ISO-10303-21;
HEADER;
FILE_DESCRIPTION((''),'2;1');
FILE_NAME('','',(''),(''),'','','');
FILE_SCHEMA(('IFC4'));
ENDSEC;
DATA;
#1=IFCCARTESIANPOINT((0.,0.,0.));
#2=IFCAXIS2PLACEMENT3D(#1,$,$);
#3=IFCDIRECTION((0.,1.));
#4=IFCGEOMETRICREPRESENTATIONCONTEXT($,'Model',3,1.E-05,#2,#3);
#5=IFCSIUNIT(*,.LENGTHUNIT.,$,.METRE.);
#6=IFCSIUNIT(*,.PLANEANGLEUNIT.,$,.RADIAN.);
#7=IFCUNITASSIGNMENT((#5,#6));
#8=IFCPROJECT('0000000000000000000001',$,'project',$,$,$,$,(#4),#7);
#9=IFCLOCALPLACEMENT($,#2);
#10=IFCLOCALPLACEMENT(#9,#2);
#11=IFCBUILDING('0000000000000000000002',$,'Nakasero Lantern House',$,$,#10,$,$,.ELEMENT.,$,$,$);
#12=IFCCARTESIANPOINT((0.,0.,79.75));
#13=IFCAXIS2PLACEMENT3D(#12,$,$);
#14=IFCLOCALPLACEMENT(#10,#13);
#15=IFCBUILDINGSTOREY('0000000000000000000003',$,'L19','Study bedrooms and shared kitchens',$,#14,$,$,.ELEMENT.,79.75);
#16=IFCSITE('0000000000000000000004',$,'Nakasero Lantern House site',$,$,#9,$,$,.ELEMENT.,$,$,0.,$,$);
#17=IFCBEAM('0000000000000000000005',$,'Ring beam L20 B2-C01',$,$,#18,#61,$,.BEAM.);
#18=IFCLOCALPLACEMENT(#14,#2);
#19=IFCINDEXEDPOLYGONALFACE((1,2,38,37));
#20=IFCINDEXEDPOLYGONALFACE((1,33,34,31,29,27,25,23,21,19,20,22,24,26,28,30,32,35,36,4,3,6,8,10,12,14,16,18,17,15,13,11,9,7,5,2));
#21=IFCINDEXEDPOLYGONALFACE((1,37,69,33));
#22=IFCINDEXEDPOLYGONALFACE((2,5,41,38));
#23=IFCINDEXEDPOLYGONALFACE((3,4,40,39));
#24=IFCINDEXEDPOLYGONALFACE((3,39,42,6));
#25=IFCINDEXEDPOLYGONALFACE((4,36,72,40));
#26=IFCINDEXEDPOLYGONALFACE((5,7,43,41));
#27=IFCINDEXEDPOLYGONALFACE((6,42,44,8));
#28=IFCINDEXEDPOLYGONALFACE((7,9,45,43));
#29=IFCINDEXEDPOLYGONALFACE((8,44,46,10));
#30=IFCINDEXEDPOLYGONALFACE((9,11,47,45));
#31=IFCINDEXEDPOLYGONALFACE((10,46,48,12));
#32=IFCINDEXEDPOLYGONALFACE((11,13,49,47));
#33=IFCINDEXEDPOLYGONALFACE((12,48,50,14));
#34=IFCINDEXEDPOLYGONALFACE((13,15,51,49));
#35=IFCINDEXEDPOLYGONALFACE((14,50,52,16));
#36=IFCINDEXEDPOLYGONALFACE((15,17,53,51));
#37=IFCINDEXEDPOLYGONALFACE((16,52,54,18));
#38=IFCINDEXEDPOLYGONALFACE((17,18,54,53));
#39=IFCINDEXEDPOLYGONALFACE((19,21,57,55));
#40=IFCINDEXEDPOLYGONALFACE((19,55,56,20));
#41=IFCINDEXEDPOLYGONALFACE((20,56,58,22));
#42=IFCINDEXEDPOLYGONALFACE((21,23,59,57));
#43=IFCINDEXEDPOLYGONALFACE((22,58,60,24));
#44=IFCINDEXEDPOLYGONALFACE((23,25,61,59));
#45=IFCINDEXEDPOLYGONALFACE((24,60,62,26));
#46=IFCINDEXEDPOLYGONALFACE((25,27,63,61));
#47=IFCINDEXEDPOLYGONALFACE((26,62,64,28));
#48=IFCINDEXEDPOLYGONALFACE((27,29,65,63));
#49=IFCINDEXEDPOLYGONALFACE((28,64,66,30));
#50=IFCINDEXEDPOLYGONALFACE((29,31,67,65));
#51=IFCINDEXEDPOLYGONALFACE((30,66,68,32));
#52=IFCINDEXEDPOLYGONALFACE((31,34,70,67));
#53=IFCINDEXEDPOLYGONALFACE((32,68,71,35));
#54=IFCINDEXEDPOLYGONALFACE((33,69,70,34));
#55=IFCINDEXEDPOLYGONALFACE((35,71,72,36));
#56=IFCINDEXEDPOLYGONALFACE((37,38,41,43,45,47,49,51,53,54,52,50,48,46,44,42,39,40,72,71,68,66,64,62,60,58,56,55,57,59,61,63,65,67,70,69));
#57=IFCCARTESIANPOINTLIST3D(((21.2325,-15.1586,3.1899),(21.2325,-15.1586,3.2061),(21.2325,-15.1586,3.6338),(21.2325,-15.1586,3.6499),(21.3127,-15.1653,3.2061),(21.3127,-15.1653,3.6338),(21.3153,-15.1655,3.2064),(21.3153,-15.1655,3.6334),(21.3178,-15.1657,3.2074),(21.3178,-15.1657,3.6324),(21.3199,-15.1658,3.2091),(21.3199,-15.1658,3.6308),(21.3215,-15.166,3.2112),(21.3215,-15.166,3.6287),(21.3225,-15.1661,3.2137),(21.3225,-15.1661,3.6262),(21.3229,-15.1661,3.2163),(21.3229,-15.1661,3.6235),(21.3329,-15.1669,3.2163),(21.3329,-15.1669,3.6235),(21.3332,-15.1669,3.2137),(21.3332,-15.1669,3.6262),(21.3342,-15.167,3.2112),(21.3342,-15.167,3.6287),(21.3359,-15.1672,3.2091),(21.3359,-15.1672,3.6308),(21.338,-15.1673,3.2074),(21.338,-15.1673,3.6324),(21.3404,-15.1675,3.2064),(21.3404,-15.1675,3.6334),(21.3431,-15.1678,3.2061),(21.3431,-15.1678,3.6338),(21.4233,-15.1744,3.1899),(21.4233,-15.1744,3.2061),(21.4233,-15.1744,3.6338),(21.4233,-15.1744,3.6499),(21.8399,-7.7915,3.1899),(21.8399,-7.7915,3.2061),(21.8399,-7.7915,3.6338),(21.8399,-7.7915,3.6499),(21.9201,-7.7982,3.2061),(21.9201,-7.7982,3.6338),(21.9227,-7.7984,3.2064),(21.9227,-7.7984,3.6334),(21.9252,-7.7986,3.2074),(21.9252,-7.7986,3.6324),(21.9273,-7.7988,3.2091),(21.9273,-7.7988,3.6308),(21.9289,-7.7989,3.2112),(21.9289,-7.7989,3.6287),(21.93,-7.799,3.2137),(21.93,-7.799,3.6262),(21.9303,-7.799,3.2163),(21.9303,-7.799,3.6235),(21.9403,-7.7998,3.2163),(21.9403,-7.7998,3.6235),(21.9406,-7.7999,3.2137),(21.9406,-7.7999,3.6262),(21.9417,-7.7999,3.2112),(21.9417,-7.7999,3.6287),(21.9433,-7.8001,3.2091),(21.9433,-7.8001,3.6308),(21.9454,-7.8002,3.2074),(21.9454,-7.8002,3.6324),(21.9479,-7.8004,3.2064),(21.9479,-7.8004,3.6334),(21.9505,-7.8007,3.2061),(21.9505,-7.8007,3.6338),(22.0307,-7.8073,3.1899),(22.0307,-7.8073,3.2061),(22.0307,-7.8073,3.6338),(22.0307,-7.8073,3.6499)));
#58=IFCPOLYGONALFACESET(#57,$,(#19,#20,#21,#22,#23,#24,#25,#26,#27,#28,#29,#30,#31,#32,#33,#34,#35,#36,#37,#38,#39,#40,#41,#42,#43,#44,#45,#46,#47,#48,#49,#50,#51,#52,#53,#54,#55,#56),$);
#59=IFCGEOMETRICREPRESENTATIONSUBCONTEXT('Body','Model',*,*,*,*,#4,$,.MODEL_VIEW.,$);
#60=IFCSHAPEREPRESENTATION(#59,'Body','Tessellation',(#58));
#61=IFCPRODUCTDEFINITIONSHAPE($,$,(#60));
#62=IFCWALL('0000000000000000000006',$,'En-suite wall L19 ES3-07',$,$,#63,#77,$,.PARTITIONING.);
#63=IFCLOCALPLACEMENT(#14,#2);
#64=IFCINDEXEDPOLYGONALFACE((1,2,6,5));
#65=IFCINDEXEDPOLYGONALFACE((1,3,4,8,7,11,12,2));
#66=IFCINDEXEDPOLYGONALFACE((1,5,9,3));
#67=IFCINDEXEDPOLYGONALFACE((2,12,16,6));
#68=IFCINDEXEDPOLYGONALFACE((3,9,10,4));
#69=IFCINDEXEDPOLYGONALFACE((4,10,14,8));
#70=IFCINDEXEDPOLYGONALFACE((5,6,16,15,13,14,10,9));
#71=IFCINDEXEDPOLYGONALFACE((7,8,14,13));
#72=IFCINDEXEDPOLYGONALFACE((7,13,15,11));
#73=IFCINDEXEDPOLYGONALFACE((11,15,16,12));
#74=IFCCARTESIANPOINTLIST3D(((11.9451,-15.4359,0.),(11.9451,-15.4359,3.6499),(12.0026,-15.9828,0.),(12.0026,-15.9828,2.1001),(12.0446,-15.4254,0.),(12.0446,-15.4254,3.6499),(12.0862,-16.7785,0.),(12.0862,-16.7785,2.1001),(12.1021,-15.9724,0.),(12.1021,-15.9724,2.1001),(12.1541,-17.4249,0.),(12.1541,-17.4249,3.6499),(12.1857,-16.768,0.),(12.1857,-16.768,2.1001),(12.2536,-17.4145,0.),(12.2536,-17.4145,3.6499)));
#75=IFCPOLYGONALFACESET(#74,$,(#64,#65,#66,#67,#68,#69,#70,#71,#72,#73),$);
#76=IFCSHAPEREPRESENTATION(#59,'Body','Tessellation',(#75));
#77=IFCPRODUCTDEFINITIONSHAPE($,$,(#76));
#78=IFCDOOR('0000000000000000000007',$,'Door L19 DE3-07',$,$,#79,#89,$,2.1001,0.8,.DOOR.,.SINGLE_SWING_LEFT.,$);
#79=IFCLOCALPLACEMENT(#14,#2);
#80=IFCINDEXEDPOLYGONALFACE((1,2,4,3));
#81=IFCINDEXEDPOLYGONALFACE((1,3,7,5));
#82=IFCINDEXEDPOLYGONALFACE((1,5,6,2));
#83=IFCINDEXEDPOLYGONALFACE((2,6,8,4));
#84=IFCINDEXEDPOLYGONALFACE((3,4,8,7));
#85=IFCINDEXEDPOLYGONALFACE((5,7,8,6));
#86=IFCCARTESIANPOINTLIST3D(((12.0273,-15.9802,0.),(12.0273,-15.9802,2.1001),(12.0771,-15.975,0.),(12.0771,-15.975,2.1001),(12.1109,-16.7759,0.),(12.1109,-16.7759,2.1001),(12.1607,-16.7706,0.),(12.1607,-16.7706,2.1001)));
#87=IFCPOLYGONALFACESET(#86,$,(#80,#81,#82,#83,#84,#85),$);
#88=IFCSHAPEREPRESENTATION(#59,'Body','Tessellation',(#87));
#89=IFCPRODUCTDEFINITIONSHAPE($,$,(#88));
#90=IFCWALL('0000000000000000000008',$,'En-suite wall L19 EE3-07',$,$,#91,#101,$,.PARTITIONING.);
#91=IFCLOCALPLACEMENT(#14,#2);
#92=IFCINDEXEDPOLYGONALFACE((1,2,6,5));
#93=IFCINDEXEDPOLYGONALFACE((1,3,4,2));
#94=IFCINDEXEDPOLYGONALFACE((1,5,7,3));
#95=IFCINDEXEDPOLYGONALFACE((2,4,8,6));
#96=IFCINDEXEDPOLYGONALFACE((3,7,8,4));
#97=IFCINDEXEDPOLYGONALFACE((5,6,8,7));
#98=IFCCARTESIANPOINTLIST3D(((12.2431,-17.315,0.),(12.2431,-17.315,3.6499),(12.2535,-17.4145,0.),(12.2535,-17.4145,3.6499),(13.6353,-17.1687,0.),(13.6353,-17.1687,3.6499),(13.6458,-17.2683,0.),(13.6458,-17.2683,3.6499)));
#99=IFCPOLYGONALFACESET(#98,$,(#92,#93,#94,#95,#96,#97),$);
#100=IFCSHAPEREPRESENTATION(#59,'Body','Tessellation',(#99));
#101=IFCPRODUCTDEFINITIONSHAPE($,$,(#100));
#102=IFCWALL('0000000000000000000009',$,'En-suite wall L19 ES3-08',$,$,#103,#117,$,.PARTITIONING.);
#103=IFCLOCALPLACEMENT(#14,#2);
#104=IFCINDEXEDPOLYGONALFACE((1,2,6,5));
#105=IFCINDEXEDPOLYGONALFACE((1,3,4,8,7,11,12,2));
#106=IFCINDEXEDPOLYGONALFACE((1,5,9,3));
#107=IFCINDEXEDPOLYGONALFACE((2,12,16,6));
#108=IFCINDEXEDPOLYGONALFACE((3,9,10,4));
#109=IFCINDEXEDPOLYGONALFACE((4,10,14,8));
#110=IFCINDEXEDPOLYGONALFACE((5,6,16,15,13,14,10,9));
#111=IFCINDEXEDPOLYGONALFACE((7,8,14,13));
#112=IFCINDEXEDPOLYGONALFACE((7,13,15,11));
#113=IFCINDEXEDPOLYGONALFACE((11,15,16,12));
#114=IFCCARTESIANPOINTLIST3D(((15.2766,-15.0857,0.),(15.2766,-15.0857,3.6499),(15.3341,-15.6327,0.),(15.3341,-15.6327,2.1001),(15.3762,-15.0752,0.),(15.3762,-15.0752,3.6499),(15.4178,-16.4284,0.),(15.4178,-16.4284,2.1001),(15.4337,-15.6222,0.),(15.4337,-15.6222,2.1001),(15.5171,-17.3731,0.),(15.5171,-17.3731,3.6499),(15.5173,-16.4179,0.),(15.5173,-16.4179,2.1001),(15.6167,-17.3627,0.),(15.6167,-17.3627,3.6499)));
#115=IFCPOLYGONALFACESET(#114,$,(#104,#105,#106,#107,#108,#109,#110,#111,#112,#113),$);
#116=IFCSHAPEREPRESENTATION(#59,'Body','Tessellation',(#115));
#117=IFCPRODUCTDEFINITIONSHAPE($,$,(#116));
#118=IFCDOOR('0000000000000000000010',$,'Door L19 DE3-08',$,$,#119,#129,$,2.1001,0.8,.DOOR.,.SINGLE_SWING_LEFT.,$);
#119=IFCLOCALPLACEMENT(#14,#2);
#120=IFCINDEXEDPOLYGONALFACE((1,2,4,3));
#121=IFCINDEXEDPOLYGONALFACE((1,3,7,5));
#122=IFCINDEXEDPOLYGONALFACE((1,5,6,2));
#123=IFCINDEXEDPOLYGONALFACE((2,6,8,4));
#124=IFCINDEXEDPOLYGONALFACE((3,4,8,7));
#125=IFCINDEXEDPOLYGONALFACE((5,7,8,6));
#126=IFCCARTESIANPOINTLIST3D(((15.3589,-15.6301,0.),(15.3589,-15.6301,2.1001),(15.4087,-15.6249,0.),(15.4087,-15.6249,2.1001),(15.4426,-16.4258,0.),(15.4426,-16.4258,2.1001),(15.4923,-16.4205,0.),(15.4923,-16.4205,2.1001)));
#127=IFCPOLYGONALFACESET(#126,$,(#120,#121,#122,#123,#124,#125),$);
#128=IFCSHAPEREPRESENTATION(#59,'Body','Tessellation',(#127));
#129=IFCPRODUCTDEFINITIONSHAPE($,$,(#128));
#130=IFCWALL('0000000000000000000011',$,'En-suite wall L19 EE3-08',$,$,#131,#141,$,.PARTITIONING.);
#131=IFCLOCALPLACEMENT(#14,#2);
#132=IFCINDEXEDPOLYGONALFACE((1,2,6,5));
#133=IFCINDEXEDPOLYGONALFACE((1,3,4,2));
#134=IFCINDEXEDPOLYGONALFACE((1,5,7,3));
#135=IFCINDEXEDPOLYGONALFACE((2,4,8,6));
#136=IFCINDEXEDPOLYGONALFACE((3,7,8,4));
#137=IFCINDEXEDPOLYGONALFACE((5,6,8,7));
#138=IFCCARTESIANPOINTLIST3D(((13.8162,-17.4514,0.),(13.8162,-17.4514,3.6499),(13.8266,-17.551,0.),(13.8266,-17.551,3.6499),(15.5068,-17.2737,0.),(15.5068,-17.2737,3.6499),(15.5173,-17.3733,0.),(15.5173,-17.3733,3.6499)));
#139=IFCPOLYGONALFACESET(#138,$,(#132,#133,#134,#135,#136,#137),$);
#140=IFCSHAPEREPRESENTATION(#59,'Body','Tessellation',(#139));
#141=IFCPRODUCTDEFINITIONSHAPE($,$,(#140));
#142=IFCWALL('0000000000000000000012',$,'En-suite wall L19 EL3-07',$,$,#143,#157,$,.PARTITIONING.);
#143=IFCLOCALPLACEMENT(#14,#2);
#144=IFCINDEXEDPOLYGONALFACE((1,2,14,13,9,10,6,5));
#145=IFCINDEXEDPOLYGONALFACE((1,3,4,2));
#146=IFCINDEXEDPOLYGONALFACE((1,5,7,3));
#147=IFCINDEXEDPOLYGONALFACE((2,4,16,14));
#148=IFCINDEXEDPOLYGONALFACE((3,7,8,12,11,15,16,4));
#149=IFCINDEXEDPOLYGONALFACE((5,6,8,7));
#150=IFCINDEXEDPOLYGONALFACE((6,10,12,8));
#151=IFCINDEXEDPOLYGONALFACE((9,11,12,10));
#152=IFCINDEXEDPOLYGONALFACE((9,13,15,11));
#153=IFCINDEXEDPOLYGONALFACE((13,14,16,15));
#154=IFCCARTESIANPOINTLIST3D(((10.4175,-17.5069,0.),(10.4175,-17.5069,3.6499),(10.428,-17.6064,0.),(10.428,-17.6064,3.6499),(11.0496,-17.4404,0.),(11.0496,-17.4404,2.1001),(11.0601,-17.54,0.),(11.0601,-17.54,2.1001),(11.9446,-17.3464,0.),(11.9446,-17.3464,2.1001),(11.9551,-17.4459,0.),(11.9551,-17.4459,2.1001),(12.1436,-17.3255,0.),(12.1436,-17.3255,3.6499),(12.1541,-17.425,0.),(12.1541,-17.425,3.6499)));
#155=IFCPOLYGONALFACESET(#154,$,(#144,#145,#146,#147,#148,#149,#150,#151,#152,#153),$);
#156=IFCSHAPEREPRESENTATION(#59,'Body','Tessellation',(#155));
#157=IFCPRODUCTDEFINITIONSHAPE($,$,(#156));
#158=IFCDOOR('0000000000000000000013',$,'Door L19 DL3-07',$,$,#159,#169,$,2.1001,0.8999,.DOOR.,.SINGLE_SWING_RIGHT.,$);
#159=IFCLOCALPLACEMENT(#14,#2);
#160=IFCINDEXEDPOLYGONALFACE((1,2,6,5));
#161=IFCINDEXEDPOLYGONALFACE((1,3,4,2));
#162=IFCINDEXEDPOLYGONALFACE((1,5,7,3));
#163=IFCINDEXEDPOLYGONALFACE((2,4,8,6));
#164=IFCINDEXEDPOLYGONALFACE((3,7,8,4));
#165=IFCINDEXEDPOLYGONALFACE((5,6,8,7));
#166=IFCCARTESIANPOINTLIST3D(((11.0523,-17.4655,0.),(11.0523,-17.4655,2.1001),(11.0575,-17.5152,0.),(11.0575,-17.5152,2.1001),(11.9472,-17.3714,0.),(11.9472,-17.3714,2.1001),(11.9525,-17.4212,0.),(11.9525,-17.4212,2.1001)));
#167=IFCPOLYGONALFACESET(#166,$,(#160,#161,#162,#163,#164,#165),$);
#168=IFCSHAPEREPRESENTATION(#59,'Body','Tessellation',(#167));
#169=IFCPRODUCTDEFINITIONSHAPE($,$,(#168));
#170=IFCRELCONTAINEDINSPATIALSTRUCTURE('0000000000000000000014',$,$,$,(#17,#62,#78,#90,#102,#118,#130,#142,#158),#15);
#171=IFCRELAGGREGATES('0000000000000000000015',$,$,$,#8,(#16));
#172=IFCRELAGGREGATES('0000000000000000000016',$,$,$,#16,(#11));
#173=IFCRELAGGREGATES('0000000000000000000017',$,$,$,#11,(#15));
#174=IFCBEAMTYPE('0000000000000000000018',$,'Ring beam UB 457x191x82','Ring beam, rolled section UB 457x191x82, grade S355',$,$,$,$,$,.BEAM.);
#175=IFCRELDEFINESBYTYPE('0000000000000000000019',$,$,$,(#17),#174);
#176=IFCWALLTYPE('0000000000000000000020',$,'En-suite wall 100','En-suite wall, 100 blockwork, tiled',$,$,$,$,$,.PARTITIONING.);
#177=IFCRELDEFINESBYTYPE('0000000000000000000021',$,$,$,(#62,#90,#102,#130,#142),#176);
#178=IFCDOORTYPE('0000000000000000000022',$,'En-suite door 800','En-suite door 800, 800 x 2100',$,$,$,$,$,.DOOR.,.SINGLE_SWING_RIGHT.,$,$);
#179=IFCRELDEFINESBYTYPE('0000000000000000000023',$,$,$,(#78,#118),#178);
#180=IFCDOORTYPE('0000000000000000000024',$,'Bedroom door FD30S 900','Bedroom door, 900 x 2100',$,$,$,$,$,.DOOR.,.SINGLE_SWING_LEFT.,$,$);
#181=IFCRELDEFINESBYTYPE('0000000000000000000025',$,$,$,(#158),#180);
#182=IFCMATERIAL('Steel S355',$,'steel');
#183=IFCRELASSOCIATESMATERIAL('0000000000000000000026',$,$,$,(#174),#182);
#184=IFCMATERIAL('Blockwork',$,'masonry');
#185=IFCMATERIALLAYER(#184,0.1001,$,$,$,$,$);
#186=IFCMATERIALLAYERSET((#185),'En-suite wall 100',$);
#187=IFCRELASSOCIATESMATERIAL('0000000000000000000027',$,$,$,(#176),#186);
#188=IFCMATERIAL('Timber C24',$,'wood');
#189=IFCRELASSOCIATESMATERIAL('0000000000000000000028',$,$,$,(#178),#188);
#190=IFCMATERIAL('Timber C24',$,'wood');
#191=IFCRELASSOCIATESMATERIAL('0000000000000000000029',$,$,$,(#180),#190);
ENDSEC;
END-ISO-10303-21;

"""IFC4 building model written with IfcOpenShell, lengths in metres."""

from ifc_helpers import new_model, si_unit, direction, frame, frame_2d, origin, origin_2d, place, context, subcontext, project, spatial, rectangle, i_section, extrude, material, layer, layer_set, material_profile, profile_set, type_object, element, fill, save


model = new_model("IFC4")

# Units and contexts
model_context = context("Model", 3, precision=1e-05, world=origin(), true_north=direction((0.0, 1.0)))
body_context = subcontext(model_context, "Body", "Model", "MODEL_VIEW")
ifc_project = project(units=[si_unit("LENGTHUNIT", "METRE"), si_unit("PLANEANGLEUNIT", "RADIAN")], contexts=[model_context])

# Site, building, storey
site_placement = place(None, origin())
site = spatial("IfcSite", under=ifc_project, at=site_placement, Name="Nakasero Lantern House site", CompositionType="ELEMENT", RefElevation=0.0)
building_placement = place(site_placement, origin())
building = spatial("IfcBuilding", under=site, at=building_placement, Name="Nakasero Lantern House", CompositionType="ELEMENT")
storey_placement = place(building_placement, frame((0.0, 0.0, 79.75)))
storey = spatial("IfcBuildingStorey", under=building, at=storey_placement, Name="L19", Description="Study bedrooms and shared kitchens", CompositionType="ELEMENT", Elevation=79.75)

# Beam
ifc_material_1 = material(Name="Steel S355", Category="steel")
ifc_material_profile_1 = material_profile(ifc_material_1, i_section(OverallWidth=0.1914, OverallDepth=0.46, WebThickness=0.01, FlangeThickness=0.0161, FilletRadius=0.0103, at=origin_2d()), Name="UB 457x191x82")
ifc_profile_set_1 = profile_set([ifc_material_profile_1], Name="Steel S355")
beam_type_1 = type_object("IfcBeamType", Name="Ring beam UB 457x191x82", Description="Ring beam, rolled section UB 457x191x82, grade S355", PredefinedType="BEAM", material=ifc_profile_set_1)
beam_1_placement = place(storey_placement, frame((21.3279, -15.1665, 3.4199), z_axis=(0.082171, 0.996618, 0.0), x_axis=(-0.996618, 0.082171, 0.0)))
element("IfcBeam", 1, at=beam_1_placement, inside=storey, type_object=beam_type_1, Name="Ring beam L20 B2-C01", PredefinedType="BEAM", context=body_context, shape_type="SweptSolid", body=[
    extrude(i_section(OverallWidth=0.1914, OverallDepth=0.46, WebThickness=0.01, FlangeThickness=0.0161, FilletRadius=0.0103, at=origin_2d()), origin(), (0.0, 0.0, 1.0), 7.3921),
])

# Wall, opening, door
ifc_material_2 = material(Name="Blockwork", Category="masonry")
ifc_layer_1 = layer(ifc_material_2, 0.1001)
ifc_layer_set_1 = layer_set([ifc_layer_1], Name="En-suite wall 100")
wall_type_1 = type_object("IfcWallType", Name="En-suite wall 100", Description="En-suite wall, 100 blockwork, tiled", PredefinedType="PARTITIONING", material=ifc_layer_set_1)
wall_1_placement = place(storey_placement, frame((11.9949, -15.4307, 0.0), z_axis=(0.0, 0.0, 1.0), x_axis=(0.104494, -0.994526, 0.0)))
wall_1 = element("IfcWall", 2, at=wall_1_placement, inside=storey, type_object=wall_type_1, Name="En-suite wall L19 ES3-07", PredefinedType="PARTITIONING", context=body_context, shape_type="SweptSolid", body=[
    extrude(rectangle(XDim=2.0, YDim=0.1001, at=frame_2d((1.0, 0.0))), origin(), (0.0, 0.0, 1.0), 3.6499),
])
opening_1_placement = place(wall_1_placement, frame((0.55, 0.0, 0.0)))
opening_1 = element("IfcOpeningElement", 3, at=opening_1_placement, cuts=wall_1, PredefinedType="OPENING", context=body_context, shape_type="SweptSolid", body=[
    extrude(rectangle(XDim=0.8, YDim=2.1001, at=frame_2d((0.3999, 1.05))), frame((0.0, 0.0701, 0.0), z_axis=(0.0, -1.0, 0.0), x_axis=(1.0, 0.0, 0.0)), (0.0, 0.0, 1.0), 0.1401),
])
ifc_material_3 = material(Name="Timber C24", Category="wood")
door_type_1 = type_object("IfcDoorType", Name="En-suite door 800", Description="En-suite door 800, 800 x 2100", OperationType="SINGLE_SWING_RIGHT", PredefinedType="DOOR", material=ifc_material_3)
door_1_placement = place(opening_1_placement, origin())
door_1 = element("IfcDoor", 4, at=door_1_placement, inside=storey, type_object=door_type_1, Name="Door L19 DE3-07", OperationType="SINGLE_SWING_LEFT", OverallHeight=2.1001, OverallWidth=0.8, PredefinedType="DOOR", context=body_context, shape_type="SweptSolid", body=[
    extrude(rectangle(XDim=0.8, YDim=2.1001, at=frame_2d((0.3999, 1.05))), frame((0.0, 0.0249, 0.0), z_axis=(0.0, -1.0, 0.0), x_axis=(1.0, 0.0, 0.0)), (0.0, 0.0, 1.0), 0.05),
])
fill(opening_1, door_1)

# Wall
wall_2_placement = place(storey_placement, frame((12.2483, -17.3647, 0.0), z_axis=(0.0, 0.0, 1.0), x_axis=(0.994529, 0.104458, 0.0)))
element("IfcWall", 5, at=wall_2_placement, inside=storey, type_object=wall_type_1, Name="En-suite wall L19 EE3-07", PredefinedType="PARTITIONING", context=body_context, shape_type="SweptSolid", body=[
    extrude(rectangle(XDim=1.3999, YDim=0.1001, at=frame_2d((0.7, 0.0))), origin(), (0.0, 0.0, 1.0), 3.6499),
])

# Wall, opening, door
wall_3_placement = place(storey_placement, frame((15.3264, -15.0806, 0.0), z_axis=(0.0, 0.0, 1.0), x_axis=(0.104558, -0.994519, 0.0)))
wall_3 = element("IfcWall", 6, at=wall_3_placement, inside=storey, type_object=wall_type_1, Name="En-suite wall L19 ES3-08", PredefinedType="PARTITIONING", context=body_context, shape_type="SweptSolid", body=[
    extrude(rectangle(XDim=2.3, YDim=0.1001, at=frame_2d((1.1499, 0.0))), origin(), (0.0, 0.0, 1.0), 3.6499),
])
opening_2_placement = place(wall_3_placement, frame((0.55, 0.0, 0.0)))
opening_2 = element("IfcOpeningElement", 7, at=opening_2_placement, cuts=wall_3, PredefinedType="OPENING", context=body_context, shape_type="SweptSolid", body=[
    extrude(rectangle(XDim=0.8, YDim=2.1001, at=frame_2d((0.3999, 1.05))), frame((0.0, 0.0701, 0.0), z_axis=(0.0, -1.0, 0.0), x_axis=(1.0, 0.0, 0.0)), (0.0, 0.0, 1.0), 0.1401),
])
door_2_placement = place(opening_2_placement, origin())
door_2 = element("IfcDoor", 8, at=door_2_placement, inside=storey, type_object=door_type_1, Name="Door L19 DE3-08", OperationType="SINGLE_SWING_LEFT", OverallHeight=2.1001, OverallWidth=0.8, PredefinedType="DOOR", context=body_context, shape_type="SweptSolid", body=[
    extrude(rectangle(XDim=0.8, YDim=2.1001, at=frame_2d((0.3999, 1.05))), frame((0.0, 0.0249, 0.0), z_axis=(0.0, -1.0, 0.0), x_axis=(1.0, 0.0, 0.0)), (0.0, 0.0, 1.0), 0.05),
])
fill(opening_2, door_2)

# Wall
wall_4_placement = place(storey_placement, frame((13.8213, -17.5012, 0.0), z_axis=(0.0, 0.0, 1.0), x_axis=(0.99452, 0.10455, 0.0)))
element("IfcWall", 9, at=wall_4_placement, inside=storey, type_object=wall_type_1, Name="En-suite wall L19 EE3-08", PredefinedType="PARTITIONING", context=body_context, shape_type="SweptSolid", body=[
    extrude(rectangle(XDim=1.7, YDim=0.1001, at=frame_2d((0.8501, 0.0))), origin(), (0.0, 0.0, 1.0), 3.6499),
])

# Wall, opening, door
wall_5_placement = place(storey_placement, frame((10.4229, -17.5566, 0.0), z_axis=(0.0, 0.0, 1.0), x_axis=(0.994523, 0.104516, 0.0)))
wall_5 = element("IfcWall", 10, at=wall_5_placement, inside=storey, type_object=wall_type_1, Name="En-suite wall L19 EL3-07", PredefinedType="PARTITIONING", context=body_context, shape_type="SweptSolid", body=[
    extrude(rectangle(XDim=1.7356, YDim=0.1001, at=frame_2d((0.8677, 0.0))), origin(), (0.0, 0.0, 1.0), 3.6499),
])
opening_3_placement = place(wall_5_placement, frame((0.6355, 0.0, 0.0)))
opening_3 = element("IfcOpeningElement", 11, at=opening_3_placement, cuts=wall_5, PredefinedType="OPENING", context=body_context, shape_type="SweptSolid", body=[
    extrude(rectangle(XDim=0.8999, YDim=2.1001, at=frame_2d((0.45, 1.05))), frame((0.0, 0.0701, 0.0), z_axis=(0.0, -1.0, 0.0), x_axis=(1.0, 0.0, 0.0)), (0.0, 0.0, 1.0), 0.1401),
])
ifc_material_4 = material(Name="Timber C24", Category="wood")
door_type_2 = type_object("IfcDoorType", Name="Bedroom door FD30S 900", Description="Bedroom door, 900 x 2100", OperationType="SINGLE_SWING_LEFT", PredefinedType="DOOR", material=ifc_material_4)
door_3_placement = place(opening_3_placement, origin())
door_3 = element("IfcDoor", 12, at=door_3_placement, inside=storey, type_object=door_type_2, Name="Door L19 DL3-07", OperationType="SINGLE_SWING_RIGHT", OverallHeight=2.1001, OverallWidth=0.8999, PredefinedType="DOOR", context=body_context, shape_type="SweptSolid", body=[
    extrude(rectangle(XDim=0.8999, YDim=2.1001, at=frame_2d((0.45, 1.05))), frame((0.0, 0.0249, 0.0), z_axis=(0.0, -1.0, 0.0), x_axis=(1.0, 0.0, 0.0)), (0.0, 0.0, 1.0), 0.05),
])
fill(opening_3, door_3)

save(model, "model.ifc")
